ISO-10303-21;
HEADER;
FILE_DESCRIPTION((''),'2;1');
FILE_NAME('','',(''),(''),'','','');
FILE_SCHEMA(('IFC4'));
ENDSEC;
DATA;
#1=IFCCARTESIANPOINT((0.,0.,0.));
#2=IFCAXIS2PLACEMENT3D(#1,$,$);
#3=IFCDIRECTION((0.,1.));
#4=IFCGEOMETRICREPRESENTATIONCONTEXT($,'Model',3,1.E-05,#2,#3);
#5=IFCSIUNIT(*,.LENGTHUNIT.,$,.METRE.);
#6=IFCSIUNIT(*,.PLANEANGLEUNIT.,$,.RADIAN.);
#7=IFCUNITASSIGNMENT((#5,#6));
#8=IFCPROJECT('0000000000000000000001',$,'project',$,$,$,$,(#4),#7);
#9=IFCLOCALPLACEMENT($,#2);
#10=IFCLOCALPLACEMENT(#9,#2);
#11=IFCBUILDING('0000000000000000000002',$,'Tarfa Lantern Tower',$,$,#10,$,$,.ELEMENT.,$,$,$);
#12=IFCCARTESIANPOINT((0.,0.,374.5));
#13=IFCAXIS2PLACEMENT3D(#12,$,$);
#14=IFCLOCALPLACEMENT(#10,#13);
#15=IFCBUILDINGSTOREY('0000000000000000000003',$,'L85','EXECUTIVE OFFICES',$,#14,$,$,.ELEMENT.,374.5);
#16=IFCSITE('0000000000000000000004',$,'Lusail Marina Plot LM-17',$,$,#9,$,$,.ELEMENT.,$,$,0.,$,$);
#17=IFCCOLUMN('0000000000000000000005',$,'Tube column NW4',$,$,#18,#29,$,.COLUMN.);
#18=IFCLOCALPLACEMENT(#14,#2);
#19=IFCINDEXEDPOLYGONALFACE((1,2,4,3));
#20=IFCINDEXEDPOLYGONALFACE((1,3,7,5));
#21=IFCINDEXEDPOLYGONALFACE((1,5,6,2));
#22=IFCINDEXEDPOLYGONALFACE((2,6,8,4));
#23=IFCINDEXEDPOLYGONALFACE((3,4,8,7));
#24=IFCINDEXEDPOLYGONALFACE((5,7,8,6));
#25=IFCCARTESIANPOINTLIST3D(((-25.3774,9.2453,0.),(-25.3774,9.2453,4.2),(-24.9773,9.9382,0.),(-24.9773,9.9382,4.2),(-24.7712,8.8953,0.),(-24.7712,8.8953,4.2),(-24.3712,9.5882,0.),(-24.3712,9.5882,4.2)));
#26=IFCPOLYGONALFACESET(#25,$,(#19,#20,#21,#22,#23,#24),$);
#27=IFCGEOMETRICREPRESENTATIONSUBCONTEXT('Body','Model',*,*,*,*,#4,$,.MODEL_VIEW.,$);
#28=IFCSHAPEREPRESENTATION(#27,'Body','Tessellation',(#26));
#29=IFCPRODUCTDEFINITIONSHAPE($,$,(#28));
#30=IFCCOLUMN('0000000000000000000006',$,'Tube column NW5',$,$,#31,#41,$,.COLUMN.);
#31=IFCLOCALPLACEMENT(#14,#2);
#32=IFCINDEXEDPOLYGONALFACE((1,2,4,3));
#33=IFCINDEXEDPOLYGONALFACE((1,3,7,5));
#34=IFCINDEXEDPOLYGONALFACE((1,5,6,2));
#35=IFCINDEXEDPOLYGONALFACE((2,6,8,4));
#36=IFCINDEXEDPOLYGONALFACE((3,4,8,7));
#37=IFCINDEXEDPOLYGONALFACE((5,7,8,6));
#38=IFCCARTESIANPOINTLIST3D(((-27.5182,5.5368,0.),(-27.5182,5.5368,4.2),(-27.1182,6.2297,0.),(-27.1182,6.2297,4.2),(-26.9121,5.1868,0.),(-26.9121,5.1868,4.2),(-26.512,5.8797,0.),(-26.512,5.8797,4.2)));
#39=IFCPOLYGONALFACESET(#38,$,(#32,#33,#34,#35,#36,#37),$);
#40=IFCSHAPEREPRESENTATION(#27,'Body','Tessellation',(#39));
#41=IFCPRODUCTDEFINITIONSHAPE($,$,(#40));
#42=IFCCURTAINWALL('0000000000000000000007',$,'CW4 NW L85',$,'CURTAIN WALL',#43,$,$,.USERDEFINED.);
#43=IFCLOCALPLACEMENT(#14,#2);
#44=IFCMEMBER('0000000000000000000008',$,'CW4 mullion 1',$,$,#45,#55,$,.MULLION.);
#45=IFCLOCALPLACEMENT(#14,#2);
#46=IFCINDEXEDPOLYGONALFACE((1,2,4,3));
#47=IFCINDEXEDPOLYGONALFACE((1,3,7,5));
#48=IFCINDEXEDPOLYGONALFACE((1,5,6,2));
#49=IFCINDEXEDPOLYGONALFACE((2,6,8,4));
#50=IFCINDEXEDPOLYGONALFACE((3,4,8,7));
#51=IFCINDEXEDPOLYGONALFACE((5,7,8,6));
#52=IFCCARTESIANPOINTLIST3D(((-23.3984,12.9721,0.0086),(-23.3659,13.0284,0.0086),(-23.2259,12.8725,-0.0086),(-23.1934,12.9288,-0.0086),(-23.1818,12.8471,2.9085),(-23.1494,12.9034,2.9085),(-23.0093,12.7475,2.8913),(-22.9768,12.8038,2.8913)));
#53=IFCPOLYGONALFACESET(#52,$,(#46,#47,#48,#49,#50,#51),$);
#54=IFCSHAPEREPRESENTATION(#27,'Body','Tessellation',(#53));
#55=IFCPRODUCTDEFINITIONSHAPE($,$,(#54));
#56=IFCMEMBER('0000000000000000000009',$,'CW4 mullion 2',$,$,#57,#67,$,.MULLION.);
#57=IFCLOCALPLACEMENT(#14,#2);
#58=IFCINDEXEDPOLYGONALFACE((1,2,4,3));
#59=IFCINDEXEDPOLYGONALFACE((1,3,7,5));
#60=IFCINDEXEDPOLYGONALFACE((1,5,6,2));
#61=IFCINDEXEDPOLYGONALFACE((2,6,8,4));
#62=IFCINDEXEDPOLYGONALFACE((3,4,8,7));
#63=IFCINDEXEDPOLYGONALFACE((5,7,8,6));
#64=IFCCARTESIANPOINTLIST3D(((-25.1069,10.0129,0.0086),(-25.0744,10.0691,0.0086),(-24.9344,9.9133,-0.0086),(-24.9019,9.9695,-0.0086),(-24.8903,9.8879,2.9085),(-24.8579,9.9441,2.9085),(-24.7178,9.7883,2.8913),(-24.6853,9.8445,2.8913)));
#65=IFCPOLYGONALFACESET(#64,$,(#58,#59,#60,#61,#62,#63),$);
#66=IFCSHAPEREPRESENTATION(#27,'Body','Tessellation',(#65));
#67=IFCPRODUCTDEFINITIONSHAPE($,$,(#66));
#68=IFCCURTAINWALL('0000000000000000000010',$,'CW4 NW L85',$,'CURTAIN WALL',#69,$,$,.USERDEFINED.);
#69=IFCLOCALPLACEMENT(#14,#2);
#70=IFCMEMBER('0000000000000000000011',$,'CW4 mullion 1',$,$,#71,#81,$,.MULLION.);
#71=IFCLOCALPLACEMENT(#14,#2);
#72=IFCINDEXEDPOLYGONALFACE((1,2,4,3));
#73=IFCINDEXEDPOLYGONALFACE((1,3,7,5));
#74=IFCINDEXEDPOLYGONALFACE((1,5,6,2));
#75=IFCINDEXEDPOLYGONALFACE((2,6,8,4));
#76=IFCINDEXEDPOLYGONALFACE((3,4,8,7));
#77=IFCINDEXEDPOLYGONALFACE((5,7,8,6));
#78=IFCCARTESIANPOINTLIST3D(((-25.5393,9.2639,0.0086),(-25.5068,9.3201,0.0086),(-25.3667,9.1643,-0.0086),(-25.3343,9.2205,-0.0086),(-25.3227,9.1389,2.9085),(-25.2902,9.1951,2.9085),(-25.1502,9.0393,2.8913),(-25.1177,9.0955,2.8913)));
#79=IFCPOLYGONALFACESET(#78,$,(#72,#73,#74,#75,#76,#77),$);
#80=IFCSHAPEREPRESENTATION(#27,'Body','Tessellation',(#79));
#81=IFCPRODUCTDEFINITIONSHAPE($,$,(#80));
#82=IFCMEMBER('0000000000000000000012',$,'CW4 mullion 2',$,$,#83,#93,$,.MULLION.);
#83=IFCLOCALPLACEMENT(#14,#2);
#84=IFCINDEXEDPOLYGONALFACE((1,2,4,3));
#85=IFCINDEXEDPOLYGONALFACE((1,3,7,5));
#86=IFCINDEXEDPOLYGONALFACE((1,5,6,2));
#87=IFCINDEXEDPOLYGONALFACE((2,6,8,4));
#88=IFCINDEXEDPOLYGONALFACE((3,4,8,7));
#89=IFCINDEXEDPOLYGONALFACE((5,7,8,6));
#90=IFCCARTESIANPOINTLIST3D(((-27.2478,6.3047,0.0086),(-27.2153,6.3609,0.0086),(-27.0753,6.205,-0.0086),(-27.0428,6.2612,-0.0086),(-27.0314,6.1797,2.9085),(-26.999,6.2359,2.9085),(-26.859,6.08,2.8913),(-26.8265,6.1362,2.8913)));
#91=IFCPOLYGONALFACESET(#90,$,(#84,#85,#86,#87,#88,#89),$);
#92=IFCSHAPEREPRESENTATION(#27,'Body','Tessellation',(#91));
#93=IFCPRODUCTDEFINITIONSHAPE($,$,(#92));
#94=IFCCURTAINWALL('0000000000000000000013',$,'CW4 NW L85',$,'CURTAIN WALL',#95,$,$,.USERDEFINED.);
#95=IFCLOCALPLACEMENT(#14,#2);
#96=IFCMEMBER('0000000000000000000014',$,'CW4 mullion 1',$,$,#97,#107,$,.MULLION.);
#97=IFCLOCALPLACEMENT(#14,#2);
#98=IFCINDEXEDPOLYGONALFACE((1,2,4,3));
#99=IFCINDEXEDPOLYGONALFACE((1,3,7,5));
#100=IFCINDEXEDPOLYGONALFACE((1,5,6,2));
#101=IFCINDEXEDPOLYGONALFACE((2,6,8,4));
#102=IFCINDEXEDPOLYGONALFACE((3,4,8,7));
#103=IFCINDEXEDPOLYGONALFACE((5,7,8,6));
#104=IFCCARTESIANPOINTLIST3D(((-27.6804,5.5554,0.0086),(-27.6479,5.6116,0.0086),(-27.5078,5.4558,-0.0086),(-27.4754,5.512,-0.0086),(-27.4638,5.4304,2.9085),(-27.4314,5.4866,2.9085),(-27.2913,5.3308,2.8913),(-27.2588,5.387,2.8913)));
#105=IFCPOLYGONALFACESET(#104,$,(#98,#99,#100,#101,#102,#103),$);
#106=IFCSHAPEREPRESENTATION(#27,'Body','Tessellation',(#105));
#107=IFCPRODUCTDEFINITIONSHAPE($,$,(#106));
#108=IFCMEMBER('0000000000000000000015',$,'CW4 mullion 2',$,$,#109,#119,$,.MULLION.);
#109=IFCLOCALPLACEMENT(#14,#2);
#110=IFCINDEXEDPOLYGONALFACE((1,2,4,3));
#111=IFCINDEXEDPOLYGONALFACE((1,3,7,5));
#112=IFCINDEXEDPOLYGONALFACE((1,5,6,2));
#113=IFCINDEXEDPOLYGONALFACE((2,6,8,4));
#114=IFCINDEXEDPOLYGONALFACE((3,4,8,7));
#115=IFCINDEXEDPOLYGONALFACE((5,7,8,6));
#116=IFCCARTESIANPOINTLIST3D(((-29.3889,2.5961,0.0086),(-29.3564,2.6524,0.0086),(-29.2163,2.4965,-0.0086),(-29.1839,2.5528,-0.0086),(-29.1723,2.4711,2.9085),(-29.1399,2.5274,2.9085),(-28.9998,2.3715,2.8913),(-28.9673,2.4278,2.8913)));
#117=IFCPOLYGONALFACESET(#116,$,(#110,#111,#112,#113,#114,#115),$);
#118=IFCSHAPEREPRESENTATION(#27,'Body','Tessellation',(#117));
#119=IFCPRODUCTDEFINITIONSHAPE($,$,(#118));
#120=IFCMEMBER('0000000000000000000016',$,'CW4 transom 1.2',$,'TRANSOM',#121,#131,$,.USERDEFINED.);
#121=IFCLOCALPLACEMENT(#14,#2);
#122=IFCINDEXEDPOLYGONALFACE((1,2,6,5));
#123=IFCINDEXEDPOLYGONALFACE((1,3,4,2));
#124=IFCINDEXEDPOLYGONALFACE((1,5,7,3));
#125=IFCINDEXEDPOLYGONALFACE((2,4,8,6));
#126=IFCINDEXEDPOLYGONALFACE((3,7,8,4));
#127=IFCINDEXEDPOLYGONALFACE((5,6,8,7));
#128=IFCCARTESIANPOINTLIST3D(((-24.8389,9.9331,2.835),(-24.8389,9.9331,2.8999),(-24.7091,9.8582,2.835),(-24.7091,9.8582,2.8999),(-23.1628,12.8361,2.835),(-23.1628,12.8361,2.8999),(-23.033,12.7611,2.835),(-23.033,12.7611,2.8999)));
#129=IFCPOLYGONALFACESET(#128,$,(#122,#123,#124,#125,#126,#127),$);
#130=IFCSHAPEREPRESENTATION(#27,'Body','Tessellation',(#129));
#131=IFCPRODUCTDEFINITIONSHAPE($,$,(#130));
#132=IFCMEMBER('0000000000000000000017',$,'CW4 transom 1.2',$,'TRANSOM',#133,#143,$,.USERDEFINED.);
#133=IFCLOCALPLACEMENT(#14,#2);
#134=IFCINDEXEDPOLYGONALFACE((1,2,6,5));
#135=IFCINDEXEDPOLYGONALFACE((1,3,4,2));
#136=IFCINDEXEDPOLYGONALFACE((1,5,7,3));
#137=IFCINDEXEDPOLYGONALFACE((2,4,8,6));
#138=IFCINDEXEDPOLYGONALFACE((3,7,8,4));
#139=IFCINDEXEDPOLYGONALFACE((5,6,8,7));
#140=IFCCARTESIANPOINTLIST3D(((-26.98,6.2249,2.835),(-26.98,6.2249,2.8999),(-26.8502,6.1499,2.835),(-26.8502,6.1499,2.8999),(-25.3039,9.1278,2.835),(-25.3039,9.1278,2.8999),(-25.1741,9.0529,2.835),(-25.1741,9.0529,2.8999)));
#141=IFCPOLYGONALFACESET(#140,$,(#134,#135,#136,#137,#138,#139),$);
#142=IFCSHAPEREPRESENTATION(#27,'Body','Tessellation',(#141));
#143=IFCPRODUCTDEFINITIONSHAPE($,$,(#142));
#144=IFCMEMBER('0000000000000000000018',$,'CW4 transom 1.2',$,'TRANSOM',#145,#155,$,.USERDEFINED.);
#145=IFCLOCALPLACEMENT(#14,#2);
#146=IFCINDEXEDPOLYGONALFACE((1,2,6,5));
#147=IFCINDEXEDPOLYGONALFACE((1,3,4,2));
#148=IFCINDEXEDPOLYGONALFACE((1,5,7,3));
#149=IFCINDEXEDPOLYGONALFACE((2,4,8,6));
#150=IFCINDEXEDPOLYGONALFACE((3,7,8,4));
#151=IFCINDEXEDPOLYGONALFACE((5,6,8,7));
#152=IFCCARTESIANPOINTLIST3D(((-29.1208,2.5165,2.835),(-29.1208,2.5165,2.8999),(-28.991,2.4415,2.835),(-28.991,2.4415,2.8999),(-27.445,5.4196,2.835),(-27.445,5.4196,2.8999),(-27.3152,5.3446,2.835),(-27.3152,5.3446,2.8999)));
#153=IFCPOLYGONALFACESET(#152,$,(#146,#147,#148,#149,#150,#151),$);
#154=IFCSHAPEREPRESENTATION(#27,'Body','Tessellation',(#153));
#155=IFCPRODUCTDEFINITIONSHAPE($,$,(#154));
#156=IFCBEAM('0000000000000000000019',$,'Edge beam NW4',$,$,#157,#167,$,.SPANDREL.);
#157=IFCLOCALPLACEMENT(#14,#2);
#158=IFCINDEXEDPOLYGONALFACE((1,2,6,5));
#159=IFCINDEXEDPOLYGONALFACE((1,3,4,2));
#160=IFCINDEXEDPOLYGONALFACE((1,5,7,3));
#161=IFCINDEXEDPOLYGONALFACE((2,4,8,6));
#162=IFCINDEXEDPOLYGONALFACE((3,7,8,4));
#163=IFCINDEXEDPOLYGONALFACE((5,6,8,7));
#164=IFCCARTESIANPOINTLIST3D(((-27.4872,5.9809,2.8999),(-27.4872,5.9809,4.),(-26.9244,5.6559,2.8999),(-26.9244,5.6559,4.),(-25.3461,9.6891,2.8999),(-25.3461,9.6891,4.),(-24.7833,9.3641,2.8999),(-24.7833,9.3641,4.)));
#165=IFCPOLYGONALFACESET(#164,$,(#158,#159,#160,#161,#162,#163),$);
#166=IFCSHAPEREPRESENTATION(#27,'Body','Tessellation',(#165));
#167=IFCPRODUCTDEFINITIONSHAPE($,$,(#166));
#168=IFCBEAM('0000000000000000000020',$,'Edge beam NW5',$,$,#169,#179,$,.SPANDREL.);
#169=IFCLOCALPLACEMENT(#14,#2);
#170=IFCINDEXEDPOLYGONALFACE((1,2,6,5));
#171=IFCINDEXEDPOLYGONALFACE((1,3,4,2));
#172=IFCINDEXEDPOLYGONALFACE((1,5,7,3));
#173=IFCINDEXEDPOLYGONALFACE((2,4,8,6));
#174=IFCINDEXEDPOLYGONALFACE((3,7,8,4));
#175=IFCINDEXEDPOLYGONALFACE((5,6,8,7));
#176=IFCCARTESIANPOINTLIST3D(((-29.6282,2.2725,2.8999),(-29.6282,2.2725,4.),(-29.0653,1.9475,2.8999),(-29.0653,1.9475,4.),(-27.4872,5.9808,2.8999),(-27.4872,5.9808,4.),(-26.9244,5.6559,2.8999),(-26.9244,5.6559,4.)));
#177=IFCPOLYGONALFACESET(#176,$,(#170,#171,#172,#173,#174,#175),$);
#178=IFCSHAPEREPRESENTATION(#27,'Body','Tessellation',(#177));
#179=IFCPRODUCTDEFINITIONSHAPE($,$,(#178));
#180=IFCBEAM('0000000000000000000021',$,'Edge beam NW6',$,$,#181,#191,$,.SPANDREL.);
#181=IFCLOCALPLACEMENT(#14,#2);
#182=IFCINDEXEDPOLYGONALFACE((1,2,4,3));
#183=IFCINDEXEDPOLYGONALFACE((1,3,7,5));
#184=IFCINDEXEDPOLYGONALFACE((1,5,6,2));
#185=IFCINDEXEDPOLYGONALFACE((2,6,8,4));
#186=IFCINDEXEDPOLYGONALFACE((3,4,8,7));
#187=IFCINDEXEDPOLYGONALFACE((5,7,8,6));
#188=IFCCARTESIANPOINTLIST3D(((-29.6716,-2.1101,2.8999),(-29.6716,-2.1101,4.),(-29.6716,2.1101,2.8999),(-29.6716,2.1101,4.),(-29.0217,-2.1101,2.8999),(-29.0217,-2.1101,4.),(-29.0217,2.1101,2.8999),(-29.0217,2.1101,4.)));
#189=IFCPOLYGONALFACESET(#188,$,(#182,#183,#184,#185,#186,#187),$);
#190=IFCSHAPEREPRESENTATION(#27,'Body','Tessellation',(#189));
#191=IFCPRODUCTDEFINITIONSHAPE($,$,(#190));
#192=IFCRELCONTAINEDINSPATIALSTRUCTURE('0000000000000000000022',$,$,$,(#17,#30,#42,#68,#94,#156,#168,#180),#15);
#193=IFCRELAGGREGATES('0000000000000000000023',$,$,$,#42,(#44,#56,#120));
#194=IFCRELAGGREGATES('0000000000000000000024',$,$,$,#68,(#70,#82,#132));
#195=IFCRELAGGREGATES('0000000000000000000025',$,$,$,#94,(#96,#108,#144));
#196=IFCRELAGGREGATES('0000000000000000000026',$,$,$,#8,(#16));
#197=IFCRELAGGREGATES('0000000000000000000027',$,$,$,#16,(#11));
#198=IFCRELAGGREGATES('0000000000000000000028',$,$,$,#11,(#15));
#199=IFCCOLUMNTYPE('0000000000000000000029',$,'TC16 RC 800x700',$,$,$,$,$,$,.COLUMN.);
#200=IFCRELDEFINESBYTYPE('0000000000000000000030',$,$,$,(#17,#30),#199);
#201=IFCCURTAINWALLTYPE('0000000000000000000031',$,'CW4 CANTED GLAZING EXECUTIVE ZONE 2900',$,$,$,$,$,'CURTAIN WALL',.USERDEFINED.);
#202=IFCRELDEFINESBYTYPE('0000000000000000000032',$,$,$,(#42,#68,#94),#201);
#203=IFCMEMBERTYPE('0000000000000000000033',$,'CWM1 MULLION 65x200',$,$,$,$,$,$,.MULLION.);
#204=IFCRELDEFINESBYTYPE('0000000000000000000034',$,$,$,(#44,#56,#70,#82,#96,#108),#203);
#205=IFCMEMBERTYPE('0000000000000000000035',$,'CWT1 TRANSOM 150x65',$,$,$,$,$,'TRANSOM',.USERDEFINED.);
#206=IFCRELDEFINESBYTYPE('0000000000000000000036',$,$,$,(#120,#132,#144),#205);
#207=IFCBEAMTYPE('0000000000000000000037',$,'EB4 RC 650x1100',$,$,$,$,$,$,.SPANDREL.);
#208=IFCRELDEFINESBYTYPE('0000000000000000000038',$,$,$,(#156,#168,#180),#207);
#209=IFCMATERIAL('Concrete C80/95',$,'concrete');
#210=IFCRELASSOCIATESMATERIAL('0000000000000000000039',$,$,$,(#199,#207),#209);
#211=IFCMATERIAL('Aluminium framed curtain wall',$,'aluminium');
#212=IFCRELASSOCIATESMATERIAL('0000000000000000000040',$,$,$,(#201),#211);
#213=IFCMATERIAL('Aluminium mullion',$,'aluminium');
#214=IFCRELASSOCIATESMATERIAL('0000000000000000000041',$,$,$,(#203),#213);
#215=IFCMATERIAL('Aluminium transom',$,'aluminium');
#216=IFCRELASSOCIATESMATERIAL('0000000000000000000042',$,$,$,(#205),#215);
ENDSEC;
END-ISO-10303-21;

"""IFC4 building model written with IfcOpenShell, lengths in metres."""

from ifc_helpers import new_model, si_unit, direction, frame, origin, origin_2d, place, context, subcontext, project, spatial, rectangle, extrude, material, material_profile, profile_set, type_object, element, aggregate, save


model = new_model("IFC4")

# Units and contexts
model_context = context("Model", 3, precision=1e-05, world=origin(), true_north=direction((0.0, 1.0)))
body_context = subcontext(model_context, "Body", "Model", "MODEL_VIEW")
ifc_project = project(units=[si_unit("LENGTHUNIT", "METRE"), si_unit("PLANEANGLEUNIT", "RADIAN")], contexts=[model_context])

# Site, building, storey
site_placement = place(None, origin())
site = spatial("IfcSite", under=ifc_project, at=site_placement, Name="Lusail Marina Plot LM-17", CompositionType="ELEMENT", RefElevation=0.0)
building_placement = place(site_placement, origin())
building = spatial("IfcBuilding", under=site, at=building_placement, Name="Tarfa Lantern Tower", CompositionType="ELEMENT")
storey_placement = place(building_placement, frame((0.0, 0.0, 374.5)))
storey = spatial("IfcBuildingStorey", under=building, at=storey_placement, Name="L85", Description="EXECUTIVE OFFICES", CompositionType="ELEMENT", Elevation=374.5)

# Columns
ifc_material_1 = material(Name="Concrete C80/95", Category="concrete")
ifc_material_profile_1 = material_profile(ifc_material_1, rectangle(XDim=0.8, YDim=0.7, at=origin_2d()), Name="RC 800x700")
ifc_profile_set_1 = profile_set([ifc_material_profile_1], Name="Concrete C80/95")
column_type = type_object("IfcColumnType", Name="TC16 RC 800x700", PredefinedType="COLUMN", material=ifc_profile_set_1)
for number, where, z_axis, x_axis, name in (
    (1, (-24.8743, 9.4167, 0.0), (0.0, 0.0, 1.0), (-0.5, -0.866025, 0.0), "Tube column NW4"),
    (2, (-27.0151, 5.7083, 0.0), (0.0, 0.0, 1.0), (-0.5, -0.866025, 0.0), "Tube column NW5"),
):
    element("IfcColumn", number, at=place(storey_placement, frame(where, z_axis=z_axis, x_axis=x_axis)), inside=storey, type_object=column_type, Name=name, PredefinedType="COLUMN", context=body_context, shape_type="SweptSolid", body=[
        extrude(rectangle(XDim=0.8, YDim=0.7, at=origin_2d()), origin(), (0.0, 0.0, 1.0), 4.2),
    ])

# Curtain walls, members
ifc_material_2 = material(Name="Aluminium framed curtain wall", Category="aluminium")
curtain_wall_type = type_object("IfcCurtainWallType", Name="CW4 CANTED GLAZING EXECUTIVE ZONE 2900", ElementType="CURTAIN WALL", PredefinedType="USERDEFINED", material=ifc_material_2)
curtain_wall_1_placement = place(storey_placement, origin())
curtain_wall_1 = element("IfcCurtainWall", 3, at=curtain_wall_1_placement, inside=storey, type_object=curtain_wall_type, Name="CW4 NW L85", ObjectType="CURTAIN WALL", PredefinedType="USERDEFINED")
ifc_material_3 = material(Name="Aluminium mullion", Category="aluminium")
ifc_material_profile_2 = material_profile(ifc_material_3, rectangle(XDim=0.0649, YDim=0.2, at=origin_2d()), Name="AL MULLION 65x200")
ifc_profile_set_2 = profile_set([ifc_material_profile_2], Name="Aluminium mullion")
member_type_1 = type_object("IfcMemberType", Name="CWM1 MULLION 65x200", PredefinedType="MULLION", material=ifc_profile_set_2)
member_1_placement = place(storey_placement, frame((-23.2959, 12.9504, 0.0), z_axis=(0.0744, -0.042946, 0.996303), x_axis=(0.49992, 0.866072, 0.0)))
member_1 = element("IfcMember", 4, at=member_1_placement, type_object=member_type_1, Name="CW4 mullion 1", PredefinedType="MULLION", context=body_context, shape_type="SweptSolid", body=[
    extrude(rectangle(XDim=0.0649, YDim=0.2, at=origin_2d()), origin(), (0.0, 0.0, 1.0), 2.9106),
])
member_2_placement = place(storey_placement, frame((-25.0044, 9.9912, 0.0), z_axis=(0.0744, -0.042946, 0.996303), x_axis=(0.49992, 0.866072, 0.0)))
member_2 = element("IfcMember", 5, at=member_2_placement, type_object=member_type_1, Name="CW4 mullion 2", PredefinedType="MULLION", context=body_context, shape_type="SweptSolid", body=[
    extrude(rectangle(XDim=0.0649, YDim=0.2, at=origin_2d()), origin(), (0.0, 0.0, 1.0), 2.9106),
])
curtain_wall_2_placement = place(storey_placement, origin())
curtain_wall_2 = element("IfcCurtainWall", 6, at=curtain_wall_2_placement, inside=storey, type_object=curtain_wall_type, Name="CW4 NW L85", ObjectType="CURTAIN WALL", PredefinedType="USERDEFINED")
member_3_placement = place(storey_placement, frame((-25.4368, 9.2422, 0.0), z_axis=(0.0744, -0.042946, 0.996303), x_axis=(0.49992, 0.866072, 0.0)))
member_3 = element("IfcMember", 7, at=member_3_placement, type_object=member_type_1, Name="CW4 mullion 1", PredefinedType="MULLION", context=body_context, shape_type="SweptSolid", body=[
    extrude(rectangle(XDim=0.0649, YDim=0.2, at=origin_2d()), origin(), (0.0, 0.0, 1.0), 2.9106),
])
member_4_placement = place(storey_placement, frame((-27.1453, 6.283, 0.0), z_axis=(0.074316, -0.042946, 0.99631), x_axis=(0.500343, 0.865827, 0.0)))
member_4 = element("IfcMember", 8, at=member_4_placement, type_object=member_type_1, Name="CW4 mullion 2", PredefinedType="MULLION", context=body_context, shape_type="SweptSolid", body=[
    extrude(rectangle(XDim=0.0649, YDim=0.2, at=origin_2d()), origin(), (0.0, 0.0, 1.0), 2.9106),
])
curtain_wall_3_placement = place(storey_placement, origin())
curtain_wall_3 = element("IfcCurtainWall", 9, at=curtain_wall_3_placement, inside=storey, type_object=curtain_wall_type, Name="CW4 NW L85", ObjectType="CURTAIN WALL", PredefinedType="USERDEFINED")
member_5_placement = place(storey_placement, frame((-27.5779, 5.5337, 0.0), z_axis=(0.0744, -0.042946, 0.996303), x_axis=(0.49992, 0.866072, 0.0)))
member_5 = element("IfcMember", 10, at=member_5_placement, type_object=member_type_1, Name="CW4 mullion 1", PredefinedType="MULLION", context=body_context, shape_type="SweptSolid", body=[
    extrude(rectangle(XDim=0.0649, YDim=0.2, at=origin_2d()), origin(), (0.0, 0.0, 1.0), 2.9106),
])
member_6_placement = place(storey_placement, frame((-29.2864, 2.5745, 0.0), z_axis=(0.0744, -0.042946, 0.996303), x_axis=(0.49992, 0.866072, 0.0)))
member_6 = element("IfcMember", 11, at=member_6_placement, type_object=member_type_1, Name="CW4 mullion 2", PredefinedType="MULLION", context=body_context, shape_type="SweptSolid", body=[
    extrude(rectangle(XDim=0.0649, YDim=0.2, at=origin_2d()), origin(), (0.0, 0.0, 1.0), 2.9106),
])

# Members
ifc_material_4 = material(Name="Aluminium transom", Category="aluminium")
ifc_material_profile_3 = material_profile(ifc_material_4, rectangle(XDim=0.1499, YDim=0.0649, at=origin_2d()), Name="AL TRANSOM 150x65")
ifc_profile_set_3 = profile_set([ifc_material_profile_3], Name="Aluminium transom")
member_type_2 = type_object("IfcMemberType", Name="CWT1 TRANSOM 150x65", ElementType="TRANSOM", PredefinedType="USERDEFINED", material=ifc_profile_set_3)
member_7_placement = place(storey_placement, frame((-23.0979, 12.7986, 2.8674), z_axis=(-0.500017, -0.866016, 0.0), x_axis=(0.866016, -0.500017, 0.0)))
member_7 = element("IfcMember", 12, at=member_7_placement, type_object=member_type_2, Name="CW4 transom 1.2", ObjectType="TRANSOM", PredefinedType="USERDEFINED", context=body_context, shape_type="SweptSolid", body=[
    extrude(rectangle(XDim=0.1499, YDim=0.0649, at=origin_2d()), origin(), (0.0, 0.0, 1.0), 3.3521),
])
member_8_placement = place(storey_placement, frame((-25.239, 9.0903, 2.8674), z_axis=(-0.500017, -0.866016, 0.0), x_axis=(0.866016, -0.500017, 0.0)))
member_8 = element("IfcMember", 13, at=member_8_placement, type_object=member_type_2, Name="CW4 transom 1.2", ObjectType="TRANSOM", PredefinedType="USERDEFINED", context=body_context, shape_type="SweptSolid", body=[
    extrude(rectangle(XDim=0.1499, YDim=0.0649, at=origin_2d()), origin(), (0.0, 0.0, 1.0), 3.3521),
])
member_9_placement = place(storey_placement, frame((-27.3801, 5.3821, 2.8674), z_axis=(-0.499931, -0.866066, 0.0), x_axis=(0.866066, -0.499931, 0.0)))
member_9 = element("IfcMember", 14, at=member_9_placement, type_object=member_type_2, Name="CW4 transom 1.2", ObjectType="TRANSOM", PredefinedType="USERDEFINED", context=body_context, shape_type="SweptSolid", body=[
    extrude(rectangle(XDim=0.1499, YDim=0.0649, at=origin_2d()), origin(), (0.0, 0.0, 1.0), 3.3521),
])

# Beams
ifc_material_profile_4 = material_profile(ifc_material_1, rectangle(XDim=0.6499, YDim=1.1001, at=origin_2d()), Name="RC 650x1100")
ifc_profile_set_4 = profile_set([ifc_material_profile_4], Name="Concrete C80/95")
beam_type_1 = type_object("IfcBeamType", Name="EB4 RC 650x1100", PredefinedType="SPANDREL", material=ifc_profile_set_4)
for number, where, z_axis, x_axis, name in (
    (15, (-25.0647, 9.5266, 3.45), (-0.500027, -0.86601, 0.0), (0.86601, -0.500027, 0.0), "Edge beam NW4"),
    (16, (-27.2058, 5.8184, 3.45), (-0.499984, -0.866035, 0.0), (0.866035, -0.499984, 0.0), "Edge beam NW5"),
):
    element("IfcBeam", number, at=place(storey_placement, frame(where, z_axis=z_axis, x_axis=x_axis)), inside=storey, type_object=beam_type_1, Name=name, PredefinedType="SPANDREL", context=body_context, shape_type="SweptSolid", body=[
        extrude(rectangle(XDim=0.6499, YDim=1.1001, at=origin_2d()), origin(), (0.0, 0.0, 1.0), 4.282),
    ])
beam_1_placement = place(storey_placement, frame((-29.3467, 2.1101, 3.45), z_axis=(0.0, -1.0, 0.0), x_axis=(1.0, 0.0, 0.0)))
element("IfcBeam", 17, at=beam_1_placement, inside=storey, type_object=beam_type_1, Name="Edge beam NW6", PredefinedType="SPANDREL", context=body_context, shape_type="SweptSolid", body=[
    extrude(rectangle(XDim=0.6499, YDim=1.1001, at=origin_2d()), origin(), (0.0, 0.0, 1.0), 4.2202),
])

aggregate(curtain_wall_1, [member_1, member_2, member_7])
aggregate(curtain_wall_2, [member_3, member_4, member_8])
aggregate(curtain_wall_3, [member_5, member_6, member_9])

save(model, "model.ifc")
